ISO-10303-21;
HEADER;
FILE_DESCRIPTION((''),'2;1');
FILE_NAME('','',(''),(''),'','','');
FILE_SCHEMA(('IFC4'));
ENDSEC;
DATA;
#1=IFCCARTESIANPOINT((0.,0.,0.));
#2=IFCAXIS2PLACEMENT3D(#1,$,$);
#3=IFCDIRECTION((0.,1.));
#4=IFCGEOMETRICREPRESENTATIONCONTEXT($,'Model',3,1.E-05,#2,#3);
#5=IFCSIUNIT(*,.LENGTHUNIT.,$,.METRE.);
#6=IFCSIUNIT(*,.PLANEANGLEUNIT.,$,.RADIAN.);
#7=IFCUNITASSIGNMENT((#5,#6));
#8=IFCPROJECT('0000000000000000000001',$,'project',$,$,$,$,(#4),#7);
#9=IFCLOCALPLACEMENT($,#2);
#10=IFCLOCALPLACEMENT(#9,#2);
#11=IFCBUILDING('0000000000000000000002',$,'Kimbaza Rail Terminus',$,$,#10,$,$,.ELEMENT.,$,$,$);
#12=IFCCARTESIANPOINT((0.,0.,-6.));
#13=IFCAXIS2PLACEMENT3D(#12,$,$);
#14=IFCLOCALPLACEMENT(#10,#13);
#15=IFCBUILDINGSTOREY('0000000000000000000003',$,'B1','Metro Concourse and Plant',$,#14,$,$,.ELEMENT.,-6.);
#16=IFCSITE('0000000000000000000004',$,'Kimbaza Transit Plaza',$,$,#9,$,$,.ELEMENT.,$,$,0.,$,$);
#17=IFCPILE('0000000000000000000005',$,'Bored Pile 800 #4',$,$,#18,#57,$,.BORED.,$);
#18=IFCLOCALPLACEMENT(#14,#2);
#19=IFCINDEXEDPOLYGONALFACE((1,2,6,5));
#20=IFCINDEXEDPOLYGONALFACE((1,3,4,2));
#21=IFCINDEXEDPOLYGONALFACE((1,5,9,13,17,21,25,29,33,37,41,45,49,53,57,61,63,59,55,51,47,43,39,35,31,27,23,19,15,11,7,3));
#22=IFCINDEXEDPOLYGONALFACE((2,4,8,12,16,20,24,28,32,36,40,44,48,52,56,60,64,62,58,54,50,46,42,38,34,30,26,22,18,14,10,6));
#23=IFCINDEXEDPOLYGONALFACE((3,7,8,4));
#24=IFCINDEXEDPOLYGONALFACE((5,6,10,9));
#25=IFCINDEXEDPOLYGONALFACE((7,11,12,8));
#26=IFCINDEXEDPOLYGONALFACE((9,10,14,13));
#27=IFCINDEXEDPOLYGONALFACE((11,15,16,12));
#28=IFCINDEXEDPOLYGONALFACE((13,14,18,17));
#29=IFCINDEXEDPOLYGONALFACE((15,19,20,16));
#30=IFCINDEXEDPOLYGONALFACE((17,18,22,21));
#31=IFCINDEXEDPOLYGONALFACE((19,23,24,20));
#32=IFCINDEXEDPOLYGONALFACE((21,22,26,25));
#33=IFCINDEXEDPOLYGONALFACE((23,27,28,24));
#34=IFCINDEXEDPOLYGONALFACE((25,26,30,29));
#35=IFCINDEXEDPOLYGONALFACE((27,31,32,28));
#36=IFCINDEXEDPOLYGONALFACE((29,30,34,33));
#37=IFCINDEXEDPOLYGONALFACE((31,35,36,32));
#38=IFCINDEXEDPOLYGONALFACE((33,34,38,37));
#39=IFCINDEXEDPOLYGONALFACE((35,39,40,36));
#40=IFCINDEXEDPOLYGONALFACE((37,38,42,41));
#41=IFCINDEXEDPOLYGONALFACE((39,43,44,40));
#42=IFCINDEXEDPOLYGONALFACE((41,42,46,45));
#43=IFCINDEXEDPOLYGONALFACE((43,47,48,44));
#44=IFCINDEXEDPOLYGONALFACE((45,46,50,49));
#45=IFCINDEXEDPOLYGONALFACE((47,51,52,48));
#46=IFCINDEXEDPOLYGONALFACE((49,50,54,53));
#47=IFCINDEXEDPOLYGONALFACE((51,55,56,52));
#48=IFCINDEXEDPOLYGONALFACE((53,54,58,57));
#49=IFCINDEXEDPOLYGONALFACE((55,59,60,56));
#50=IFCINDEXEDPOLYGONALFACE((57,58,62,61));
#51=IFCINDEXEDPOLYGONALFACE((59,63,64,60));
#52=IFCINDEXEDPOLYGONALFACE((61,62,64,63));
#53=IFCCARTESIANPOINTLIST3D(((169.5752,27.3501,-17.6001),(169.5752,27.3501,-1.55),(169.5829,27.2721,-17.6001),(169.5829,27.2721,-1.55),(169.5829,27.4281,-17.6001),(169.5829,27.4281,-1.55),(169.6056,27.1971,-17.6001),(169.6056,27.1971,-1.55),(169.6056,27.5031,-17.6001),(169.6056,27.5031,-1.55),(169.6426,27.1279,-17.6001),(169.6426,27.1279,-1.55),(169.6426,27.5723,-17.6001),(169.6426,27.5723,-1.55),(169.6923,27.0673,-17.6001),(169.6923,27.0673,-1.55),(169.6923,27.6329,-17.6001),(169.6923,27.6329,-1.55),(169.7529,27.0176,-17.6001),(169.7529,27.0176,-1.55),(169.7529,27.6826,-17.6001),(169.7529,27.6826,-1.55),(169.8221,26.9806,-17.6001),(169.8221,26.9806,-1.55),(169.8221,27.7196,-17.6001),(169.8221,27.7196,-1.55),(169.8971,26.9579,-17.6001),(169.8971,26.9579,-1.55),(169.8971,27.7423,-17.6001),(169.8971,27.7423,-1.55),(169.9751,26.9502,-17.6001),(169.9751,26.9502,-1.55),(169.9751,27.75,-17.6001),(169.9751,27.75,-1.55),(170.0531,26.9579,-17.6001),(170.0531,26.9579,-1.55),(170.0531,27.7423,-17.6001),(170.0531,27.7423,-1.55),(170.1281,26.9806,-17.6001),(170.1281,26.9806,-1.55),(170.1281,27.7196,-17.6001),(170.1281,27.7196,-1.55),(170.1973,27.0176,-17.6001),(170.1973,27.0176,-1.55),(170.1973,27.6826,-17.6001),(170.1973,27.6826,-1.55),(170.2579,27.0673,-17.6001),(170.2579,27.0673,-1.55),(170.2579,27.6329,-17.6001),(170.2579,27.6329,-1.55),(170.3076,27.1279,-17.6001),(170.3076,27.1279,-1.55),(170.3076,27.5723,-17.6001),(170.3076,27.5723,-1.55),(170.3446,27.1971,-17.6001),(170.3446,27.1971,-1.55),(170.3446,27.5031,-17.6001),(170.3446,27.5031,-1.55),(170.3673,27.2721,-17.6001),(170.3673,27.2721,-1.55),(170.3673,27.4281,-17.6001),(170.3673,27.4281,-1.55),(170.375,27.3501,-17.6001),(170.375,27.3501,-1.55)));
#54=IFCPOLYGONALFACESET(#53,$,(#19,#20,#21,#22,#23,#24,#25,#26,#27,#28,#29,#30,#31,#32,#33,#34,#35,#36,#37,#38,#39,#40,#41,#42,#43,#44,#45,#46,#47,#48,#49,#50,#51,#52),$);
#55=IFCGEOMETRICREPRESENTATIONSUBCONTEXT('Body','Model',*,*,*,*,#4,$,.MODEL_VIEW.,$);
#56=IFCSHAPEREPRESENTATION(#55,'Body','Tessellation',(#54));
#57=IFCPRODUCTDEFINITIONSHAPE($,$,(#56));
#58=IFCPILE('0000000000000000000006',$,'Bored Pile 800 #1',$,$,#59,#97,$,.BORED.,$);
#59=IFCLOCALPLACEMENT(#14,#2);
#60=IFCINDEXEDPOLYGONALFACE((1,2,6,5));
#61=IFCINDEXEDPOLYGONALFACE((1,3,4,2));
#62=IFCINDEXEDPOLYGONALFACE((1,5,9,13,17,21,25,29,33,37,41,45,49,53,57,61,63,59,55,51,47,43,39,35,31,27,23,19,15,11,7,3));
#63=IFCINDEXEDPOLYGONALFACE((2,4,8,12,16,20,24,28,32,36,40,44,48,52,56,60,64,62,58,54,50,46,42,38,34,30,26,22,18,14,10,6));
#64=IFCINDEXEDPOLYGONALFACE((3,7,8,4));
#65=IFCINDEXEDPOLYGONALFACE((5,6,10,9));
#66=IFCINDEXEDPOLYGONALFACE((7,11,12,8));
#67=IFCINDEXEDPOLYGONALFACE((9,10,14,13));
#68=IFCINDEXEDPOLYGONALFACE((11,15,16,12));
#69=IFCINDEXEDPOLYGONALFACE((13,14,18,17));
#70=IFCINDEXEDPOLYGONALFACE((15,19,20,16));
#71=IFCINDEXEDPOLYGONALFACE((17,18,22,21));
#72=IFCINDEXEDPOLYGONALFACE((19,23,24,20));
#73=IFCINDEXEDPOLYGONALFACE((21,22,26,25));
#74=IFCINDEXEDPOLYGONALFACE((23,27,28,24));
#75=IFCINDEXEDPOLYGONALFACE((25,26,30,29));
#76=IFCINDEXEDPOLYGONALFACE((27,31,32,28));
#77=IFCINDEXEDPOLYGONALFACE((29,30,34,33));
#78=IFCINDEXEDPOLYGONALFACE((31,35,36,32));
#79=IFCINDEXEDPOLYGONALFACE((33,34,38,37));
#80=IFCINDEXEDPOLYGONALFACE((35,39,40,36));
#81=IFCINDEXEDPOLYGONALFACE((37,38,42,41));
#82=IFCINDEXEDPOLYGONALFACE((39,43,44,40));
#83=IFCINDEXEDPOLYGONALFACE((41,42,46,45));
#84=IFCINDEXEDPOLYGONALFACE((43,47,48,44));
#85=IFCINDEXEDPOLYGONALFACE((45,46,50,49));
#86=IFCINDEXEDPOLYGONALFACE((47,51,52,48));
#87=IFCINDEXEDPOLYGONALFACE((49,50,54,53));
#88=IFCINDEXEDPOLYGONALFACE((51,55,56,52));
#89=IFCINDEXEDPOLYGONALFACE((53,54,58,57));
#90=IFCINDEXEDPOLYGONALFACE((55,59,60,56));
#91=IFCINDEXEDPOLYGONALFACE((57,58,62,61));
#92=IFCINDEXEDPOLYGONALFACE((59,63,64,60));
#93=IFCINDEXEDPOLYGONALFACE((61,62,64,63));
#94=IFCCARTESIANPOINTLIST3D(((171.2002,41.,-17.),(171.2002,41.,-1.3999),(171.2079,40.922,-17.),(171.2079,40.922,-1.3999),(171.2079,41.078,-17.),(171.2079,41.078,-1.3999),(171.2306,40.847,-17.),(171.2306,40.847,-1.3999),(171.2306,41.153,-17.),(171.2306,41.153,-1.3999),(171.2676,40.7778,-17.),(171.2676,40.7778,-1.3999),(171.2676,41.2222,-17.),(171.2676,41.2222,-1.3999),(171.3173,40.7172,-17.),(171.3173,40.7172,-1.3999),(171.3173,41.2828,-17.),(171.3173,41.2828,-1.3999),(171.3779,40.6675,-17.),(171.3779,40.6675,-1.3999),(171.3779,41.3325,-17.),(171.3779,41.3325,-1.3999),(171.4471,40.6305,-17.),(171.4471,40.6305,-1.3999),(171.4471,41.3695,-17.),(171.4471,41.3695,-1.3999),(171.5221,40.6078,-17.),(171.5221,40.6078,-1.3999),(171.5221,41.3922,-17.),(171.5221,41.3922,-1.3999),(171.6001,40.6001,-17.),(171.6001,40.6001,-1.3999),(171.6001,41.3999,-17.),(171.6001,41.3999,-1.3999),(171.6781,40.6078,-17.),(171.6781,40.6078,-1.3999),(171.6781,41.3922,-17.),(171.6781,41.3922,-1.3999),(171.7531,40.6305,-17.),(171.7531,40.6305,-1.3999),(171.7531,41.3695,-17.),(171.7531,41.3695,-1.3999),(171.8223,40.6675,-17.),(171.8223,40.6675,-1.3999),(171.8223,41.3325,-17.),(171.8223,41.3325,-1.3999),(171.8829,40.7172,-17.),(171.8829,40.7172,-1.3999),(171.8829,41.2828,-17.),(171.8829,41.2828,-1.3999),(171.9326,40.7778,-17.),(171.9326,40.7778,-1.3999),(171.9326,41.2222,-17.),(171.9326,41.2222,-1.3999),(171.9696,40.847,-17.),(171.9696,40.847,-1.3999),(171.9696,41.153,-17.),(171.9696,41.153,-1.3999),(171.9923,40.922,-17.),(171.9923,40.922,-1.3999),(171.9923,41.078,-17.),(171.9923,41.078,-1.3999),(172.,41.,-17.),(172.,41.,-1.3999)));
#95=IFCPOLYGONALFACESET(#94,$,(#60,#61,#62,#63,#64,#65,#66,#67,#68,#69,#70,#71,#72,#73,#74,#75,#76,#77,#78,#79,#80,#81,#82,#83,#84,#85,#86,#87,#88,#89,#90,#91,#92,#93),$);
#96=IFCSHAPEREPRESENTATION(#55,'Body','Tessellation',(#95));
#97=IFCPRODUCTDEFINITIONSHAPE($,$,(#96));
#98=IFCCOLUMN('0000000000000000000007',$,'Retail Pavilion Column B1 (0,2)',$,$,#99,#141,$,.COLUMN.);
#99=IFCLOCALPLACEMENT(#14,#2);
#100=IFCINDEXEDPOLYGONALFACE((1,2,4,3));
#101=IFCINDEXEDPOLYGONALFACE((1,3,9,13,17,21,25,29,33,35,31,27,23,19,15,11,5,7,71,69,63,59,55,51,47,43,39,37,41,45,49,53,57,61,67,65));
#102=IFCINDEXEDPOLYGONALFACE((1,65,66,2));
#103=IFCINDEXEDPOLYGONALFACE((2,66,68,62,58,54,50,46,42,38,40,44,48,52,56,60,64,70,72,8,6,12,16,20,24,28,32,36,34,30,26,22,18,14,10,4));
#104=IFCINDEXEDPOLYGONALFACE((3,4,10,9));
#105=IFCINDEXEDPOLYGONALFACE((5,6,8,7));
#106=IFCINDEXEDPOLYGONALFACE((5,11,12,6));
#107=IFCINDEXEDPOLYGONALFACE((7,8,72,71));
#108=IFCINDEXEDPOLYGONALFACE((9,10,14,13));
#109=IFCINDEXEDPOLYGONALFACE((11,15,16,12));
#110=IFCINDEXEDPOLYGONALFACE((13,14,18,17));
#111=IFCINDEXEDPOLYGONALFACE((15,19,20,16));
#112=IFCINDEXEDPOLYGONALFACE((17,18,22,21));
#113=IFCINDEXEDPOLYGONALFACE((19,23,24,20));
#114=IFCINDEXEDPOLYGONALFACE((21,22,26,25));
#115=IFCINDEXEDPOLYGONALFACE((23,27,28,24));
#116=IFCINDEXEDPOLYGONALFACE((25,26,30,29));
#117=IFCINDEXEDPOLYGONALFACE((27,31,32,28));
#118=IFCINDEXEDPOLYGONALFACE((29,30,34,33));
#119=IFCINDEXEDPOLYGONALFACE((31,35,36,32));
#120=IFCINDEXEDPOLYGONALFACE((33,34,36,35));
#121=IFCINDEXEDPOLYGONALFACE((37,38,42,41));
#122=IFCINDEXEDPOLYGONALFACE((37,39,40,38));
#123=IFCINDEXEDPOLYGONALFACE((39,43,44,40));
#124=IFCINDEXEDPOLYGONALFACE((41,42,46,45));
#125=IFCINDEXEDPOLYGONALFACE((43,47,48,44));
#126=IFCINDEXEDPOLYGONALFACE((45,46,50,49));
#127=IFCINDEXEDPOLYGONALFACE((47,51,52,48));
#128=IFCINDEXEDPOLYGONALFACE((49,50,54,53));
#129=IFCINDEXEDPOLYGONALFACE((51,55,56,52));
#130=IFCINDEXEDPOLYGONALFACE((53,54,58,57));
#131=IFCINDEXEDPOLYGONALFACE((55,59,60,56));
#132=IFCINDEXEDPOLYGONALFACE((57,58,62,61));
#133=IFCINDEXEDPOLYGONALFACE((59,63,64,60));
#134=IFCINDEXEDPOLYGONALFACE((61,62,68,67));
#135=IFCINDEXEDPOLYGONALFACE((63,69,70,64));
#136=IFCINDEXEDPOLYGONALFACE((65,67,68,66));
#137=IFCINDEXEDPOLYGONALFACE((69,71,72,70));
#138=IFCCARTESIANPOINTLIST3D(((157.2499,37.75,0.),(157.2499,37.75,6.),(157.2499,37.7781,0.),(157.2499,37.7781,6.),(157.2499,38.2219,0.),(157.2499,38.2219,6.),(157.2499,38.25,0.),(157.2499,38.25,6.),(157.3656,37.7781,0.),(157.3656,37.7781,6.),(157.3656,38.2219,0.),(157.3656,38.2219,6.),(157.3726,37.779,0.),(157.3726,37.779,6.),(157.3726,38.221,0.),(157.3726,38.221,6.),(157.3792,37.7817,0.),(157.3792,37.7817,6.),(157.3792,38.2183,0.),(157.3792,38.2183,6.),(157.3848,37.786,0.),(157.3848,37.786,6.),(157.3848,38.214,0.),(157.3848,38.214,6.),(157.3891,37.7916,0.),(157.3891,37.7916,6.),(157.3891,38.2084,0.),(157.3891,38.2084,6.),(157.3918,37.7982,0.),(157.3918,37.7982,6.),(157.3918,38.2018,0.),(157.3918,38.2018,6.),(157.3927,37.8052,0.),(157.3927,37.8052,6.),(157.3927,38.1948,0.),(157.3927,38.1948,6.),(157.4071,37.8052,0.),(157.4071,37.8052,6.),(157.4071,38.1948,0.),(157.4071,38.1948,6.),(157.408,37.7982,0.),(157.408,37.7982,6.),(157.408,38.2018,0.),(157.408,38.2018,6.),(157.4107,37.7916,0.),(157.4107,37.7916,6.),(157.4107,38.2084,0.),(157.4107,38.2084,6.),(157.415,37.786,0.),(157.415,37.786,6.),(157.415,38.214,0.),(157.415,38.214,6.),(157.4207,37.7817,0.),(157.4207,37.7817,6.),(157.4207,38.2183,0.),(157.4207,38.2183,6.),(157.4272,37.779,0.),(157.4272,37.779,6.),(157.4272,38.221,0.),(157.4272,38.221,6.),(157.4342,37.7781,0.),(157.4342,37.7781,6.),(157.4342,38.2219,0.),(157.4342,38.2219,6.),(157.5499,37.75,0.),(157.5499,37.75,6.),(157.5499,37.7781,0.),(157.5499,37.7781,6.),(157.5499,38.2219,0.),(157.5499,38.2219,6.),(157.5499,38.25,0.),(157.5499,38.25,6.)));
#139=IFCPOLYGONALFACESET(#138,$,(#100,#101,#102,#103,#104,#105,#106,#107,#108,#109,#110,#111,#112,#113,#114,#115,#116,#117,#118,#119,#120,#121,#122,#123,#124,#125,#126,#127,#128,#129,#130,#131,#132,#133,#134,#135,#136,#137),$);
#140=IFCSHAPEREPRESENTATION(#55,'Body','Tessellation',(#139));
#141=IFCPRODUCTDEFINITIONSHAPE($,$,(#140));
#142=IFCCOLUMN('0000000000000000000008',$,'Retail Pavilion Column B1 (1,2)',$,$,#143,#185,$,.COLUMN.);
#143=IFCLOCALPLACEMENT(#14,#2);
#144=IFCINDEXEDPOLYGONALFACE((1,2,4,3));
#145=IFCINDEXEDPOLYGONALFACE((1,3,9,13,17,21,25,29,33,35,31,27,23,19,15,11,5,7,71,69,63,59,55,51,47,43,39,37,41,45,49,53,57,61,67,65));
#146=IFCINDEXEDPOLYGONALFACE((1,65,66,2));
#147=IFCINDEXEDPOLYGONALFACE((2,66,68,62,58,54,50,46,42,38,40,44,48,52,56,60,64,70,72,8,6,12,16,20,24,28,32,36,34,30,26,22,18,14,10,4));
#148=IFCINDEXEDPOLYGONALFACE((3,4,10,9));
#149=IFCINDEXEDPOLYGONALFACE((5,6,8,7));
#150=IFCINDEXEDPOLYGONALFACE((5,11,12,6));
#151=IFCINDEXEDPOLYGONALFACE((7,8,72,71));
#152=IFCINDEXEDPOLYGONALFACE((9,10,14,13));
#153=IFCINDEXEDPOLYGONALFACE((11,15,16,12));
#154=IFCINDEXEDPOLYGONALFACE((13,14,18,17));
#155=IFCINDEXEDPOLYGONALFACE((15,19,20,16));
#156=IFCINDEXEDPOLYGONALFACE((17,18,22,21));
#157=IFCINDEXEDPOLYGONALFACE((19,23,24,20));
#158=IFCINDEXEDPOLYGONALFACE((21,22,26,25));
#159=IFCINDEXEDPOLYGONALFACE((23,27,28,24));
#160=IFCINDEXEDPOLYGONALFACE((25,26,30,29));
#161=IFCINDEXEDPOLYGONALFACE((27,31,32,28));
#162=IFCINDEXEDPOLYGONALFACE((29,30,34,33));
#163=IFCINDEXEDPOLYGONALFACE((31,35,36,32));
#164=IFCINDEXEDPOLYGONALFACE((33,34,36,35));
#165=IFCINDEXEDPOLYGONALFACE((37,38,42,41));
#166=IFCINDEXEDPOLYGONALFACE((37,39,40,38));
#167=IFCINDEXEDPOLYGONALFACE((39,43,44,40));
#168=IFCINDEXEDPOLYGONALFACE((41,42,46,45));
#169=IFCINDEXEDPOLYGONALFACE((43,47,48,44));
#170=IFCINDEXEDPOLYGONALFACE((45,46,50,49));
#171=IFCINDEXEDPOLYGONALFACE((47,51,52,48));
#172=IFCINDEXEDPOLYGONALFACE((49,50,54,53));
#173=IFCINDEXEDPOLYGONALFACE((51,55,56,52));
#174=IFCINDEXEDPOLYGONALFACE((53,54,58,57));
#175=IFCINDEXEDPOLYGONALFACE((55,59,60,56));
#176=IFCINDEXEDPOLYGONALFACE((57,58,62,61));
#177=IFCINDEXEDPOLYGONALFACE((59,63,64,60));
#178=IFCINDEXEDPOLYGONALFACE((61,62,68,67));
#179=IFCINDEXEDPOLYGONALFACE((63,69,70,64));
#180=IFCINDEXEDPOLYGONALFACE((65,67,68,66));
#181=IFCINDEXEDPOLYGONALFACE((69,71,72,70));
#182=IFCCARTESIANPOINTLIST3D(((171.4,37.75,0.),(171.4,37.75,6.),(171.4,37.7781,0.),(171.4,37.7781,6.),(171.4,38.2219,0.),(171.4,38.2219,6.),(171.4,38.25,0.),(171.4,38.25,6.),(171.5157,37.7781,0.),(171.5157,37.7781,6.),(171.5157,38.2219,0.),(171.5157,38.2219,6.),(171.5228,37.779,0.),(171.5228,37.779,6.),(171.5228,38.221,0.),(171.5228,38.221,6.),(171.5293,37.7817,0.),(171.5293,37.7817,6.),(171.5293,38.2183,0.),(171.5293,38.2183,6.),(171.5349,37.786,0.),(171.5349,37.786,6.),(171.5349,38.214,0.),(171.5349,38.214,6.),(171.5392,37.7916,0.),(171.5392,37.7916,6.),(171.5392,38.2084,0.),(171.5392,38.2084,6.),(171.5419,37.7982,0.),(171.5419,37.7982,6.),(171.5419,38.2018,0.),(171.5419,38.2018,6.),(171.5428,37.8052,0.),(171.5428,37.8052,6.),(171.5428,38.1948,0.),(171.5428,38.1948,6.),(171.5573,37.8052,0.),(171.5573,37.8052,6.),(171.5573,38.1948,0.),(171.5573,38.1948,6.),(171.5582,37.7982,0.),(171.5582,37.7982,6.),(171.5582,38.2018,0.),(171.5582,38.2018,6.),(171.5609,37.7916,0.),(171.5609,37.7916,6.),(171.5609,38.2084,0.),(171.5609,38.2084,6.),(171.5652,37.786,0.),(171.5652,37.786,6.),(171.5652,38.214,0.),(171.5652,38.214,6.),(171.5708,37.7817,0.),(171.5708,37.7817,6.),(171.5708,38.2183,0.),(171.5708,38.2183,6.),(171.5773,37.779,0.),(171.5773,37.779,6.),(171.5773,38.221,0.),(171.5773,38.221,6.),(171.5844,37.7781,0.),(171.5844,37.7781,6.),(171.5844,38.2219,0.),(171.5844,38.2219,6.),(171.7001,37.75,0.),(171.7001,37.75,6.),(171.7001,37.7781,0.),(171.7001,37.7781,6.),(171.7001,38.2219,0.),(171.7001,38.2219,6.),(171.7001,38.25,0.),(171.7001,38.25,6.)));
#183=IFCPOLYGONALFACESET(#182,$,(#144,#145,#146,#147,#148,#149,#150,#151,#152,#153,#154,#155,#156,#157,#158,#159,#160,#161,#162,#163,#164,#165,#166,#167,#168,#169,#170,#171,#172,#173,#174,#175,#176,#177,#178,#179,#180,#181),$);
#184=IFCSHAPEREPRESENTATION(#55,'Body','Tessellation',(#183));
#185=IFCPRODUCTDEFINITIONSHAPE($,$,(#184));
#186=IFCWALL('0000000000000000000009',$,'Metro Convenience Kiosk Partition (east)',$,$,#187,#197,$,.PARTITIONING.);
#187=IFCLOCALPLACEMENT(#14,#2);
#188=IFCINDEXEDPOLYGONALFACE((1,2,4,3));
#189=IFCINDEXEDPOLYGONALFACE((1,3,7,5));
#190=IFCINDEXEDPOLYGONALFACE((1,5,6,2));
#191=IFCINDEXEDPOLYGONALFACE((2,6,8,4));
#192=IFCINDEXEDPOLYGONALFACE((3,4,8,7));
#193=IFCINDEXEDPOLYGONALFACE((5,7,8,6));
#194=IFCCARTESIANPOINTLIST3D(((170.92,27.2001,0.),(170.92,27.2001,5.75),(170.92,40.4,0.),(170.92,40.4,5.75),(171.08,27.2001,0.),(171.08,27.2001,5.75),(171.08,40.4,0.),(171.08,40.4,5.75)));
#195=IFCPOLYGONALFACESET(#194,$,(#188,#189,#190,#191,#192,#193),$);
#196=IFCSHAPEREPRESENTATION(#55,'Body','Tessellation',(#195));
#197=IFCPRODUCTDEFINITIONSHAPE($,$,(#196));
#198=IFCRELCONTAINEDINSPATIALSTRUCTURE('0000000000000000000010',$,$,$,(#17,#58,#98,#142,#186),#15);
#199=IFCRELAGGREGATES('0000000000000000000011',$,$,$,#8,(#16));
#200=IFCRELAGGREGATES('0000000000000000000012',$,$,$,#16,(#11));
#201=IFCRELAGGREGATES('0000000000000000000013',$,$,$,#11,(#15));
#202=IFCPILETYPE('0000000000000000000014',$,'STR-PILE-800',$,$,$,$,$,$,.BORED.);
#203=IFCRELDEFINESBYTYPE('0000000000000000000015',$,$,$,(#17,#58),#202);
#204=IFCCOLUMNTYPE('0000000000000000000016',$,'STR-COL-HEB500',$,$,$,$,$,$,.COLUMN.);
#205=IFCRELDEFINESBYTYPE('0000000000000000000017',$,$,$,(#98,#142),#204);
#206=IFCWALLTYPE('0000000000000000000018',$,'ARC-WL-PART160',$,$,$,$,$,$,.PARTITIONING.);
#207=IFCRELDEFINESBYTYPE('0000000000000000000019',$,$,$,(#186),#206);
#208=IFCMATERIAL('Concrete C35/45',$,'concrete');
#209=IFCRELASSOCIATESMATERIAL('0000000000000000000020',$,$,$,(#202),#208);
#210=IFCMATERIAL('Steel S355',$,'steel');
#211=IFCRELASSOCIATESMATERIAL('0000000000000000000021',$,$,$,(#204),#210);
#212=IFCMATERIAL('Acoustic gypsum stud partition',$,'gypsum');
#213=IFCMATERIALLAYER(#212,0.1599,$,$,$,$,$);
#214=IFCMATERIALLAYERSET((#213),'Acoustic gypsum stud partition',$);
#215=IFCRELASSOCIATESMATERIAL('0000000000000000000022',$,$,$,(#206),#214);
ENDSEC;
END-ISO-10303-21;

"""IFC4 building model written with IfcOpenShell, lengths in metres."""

from ifc_helpers import new_model, si_unit, direction, frame, frame_2d, origin, origin_2d, place, context, subcontext, project, spatial, rectangle, circle, i_section, extrude, material, layer, layer_set, material_profile, profile_set, type_object, element, save


model = new_model("IFC4")

# Units and contexts
model_context = context("Model", 3, precision=1e-05, world=origin(), true_north=direction((0.0, 1.0)))
body_context = subcontext(model_context, "Body", "Model", "MODEL_VIEW")
ifc_project = project(units=[si_unit("LENGTHUNIT", "METRE"), si_unit("PLANEANGLEUNIT", "RADIAN")], contexts=[model_context])

# Site, building, storey
site_placement = place(None, origin())
site = spatial("IfcSite", under=ifc_project, at=site_placement, Name="Kimbaza Transit Plaza", CompositionType="ELEMENT", RefElevation=0.0)
building_placement = place(site_placement, origin())
building = spatial("IfcBuilding", under=site, at=building_placement, Name="Kimbaza Rail Terminus", CompositionType="ELEMENT")
storey_placement = place(building_placement, frame((0.0, 0.0, -6.0)))
storey = spatial("IfcBuildingStorey", under=building, at=storey_placement, Name="B1", Description="Metro Concourse and Plant", CompositionType="ELEMENT", Elevation=-6.0)

# Piles
ifc_material_1 = material(Name="Concrete C35/45", Category="concrete")
ifc_material_profile_1 = material_profile(ifc_material_1, circle(Radius=0.3999, at=origin_2d()), Name="BORED PILE 800")
ifc_profile_set_1 = profile_set([ifc_material_profile_1], Name="Concrete C35/45")
pile_type_1 = type_object("IfcPileType", Name="STR-PILE-800", PredefinedType="BORED", material=ifc_profile_set_1)
for number, where, z_axis, x_axis, name in (
    (1, (169.9751, 27.3501, -1.55), (0.0, 0.0, -1.0), (1.0, 0.0, 0.0), "Bored Pile 800 #4"),
):
    element("IfcPile", number, at=place(storey_placement, frame(where, z_axis=z_axis, x_axis=x_axis)), inside=storey, type_object=pile_type_1, Name=name, PredefinedType="BORED", context=body_context, shape_type="SweptSolid", body=[
        extrude(circle(Radius=0.3999, at=origin_2d()), origin(), (0.0, 0.0, 1.0), 16.05),
    ])
pile_1_placement = place(storey_placement, frame((171.6001, 41.0, -1.3999), z_axis=(0.0, 0.0, -1.0), x_axis=(1.0, 0.0, 0.0)))
element("IfcPile", 2, at=pile_1_placement, inside=storey, type_object=pile_type_1, Name="Bored Pile 800 #1", PredefinedType="BORED", context=body_context, shape_type="SweptSolid", body=[
    extrude(circle(Radius=0.3999, at=origin_2d()), origin(), (0.0, 0.0, 1.0), 15.6001),
])

# Columns
ifc_material_2 = material(Name="Steel S355", Category="steel")
ifc_material_profile_2 = material_profile(ifc_material_2, i_section(OverallWidth=0.3, OverallDepth=0.5, WebThickness=0.0144, FlangeThickness=0.0281, FilletRadius=0.0271, at=origin_2d()), Name="HEB 500")
ifc_profile_set_2 = profile_set([ifc_material_profile_2], Name="Steel S355")
column_type = type_object("IfcColumnType", Name="STR-COL-HEB500", PredefinedType="COLUMN", material=ifc_profile_set_2)
for number, where, z_axis, x_axis, name in (
    (3, (157.3999, 38.0, 0.0), (0.0, 0.0, 1.0), (1.0, 0.0, 0.0), "Retail Pavilion Column B1 (0,2)"),
    (4, (171.55, 38.0, 0.0), (0.0, 0.0, 1.0), (1.0, 0.0, 0.0), "Retail Pavilion Column B1 (1,2)"),
):
    element("IfcColumn", number, at=place(storey_placement, frame(where, z_axis=z_axis, x_axis=x_axis)), inside=storey, type_object=column_type, Name=name, PredefinedType="COLUMN", context=body_context, shape_type="SweptSolid", body=[
        extrude(i_section(OverallWidth=0.3, OverallDepth=0.5, WebThickness=0.0144, FlangeThickness=0.0281, FilletRadius=0.0271, at=origin_2d()), origin(), (0.0, 0.0, 1.0), 6.0),
    ])

# Wall
ifc_material_3 = material(Name="Acoustic gypsum stud partition", Category="gypsum")
ifc_layer_1 = layer(ifc_material_3, 0.1599)
ifc_layer_set_1 = layer_set([ifc_layer_1], Name="Acoustic gypsum stud partition")
wall_type_1 = type_object("IfcWallType", Name="ARC-WL-PART160", PredefinedType="PARTITIONING", material=ifc_layer_set_1)
wall_1_placement = place(storey_placement, frame((171.0, 27.2, 0.0), z_axis=(0.0, 0.0, 1.0), x_axis=(0.0, 1.0, 0.0)))
element("IfcWall", 5, at=wall_1_placement, inside=storey, type_object=wall_type_1, Name="Metro Convenience Kiosk Partition (east)", PredefinedType="PARTITIONING", context=body_context, shape_type="SweptSolid", body=[
    extrude(rectangle(XDim=13.2, YDim=0.1599, at=frame_2d((6.6001, 0.0))), origin(), (0.0, 0.0, 1.0), 5.75),
])

save(model, "model.ifc")
